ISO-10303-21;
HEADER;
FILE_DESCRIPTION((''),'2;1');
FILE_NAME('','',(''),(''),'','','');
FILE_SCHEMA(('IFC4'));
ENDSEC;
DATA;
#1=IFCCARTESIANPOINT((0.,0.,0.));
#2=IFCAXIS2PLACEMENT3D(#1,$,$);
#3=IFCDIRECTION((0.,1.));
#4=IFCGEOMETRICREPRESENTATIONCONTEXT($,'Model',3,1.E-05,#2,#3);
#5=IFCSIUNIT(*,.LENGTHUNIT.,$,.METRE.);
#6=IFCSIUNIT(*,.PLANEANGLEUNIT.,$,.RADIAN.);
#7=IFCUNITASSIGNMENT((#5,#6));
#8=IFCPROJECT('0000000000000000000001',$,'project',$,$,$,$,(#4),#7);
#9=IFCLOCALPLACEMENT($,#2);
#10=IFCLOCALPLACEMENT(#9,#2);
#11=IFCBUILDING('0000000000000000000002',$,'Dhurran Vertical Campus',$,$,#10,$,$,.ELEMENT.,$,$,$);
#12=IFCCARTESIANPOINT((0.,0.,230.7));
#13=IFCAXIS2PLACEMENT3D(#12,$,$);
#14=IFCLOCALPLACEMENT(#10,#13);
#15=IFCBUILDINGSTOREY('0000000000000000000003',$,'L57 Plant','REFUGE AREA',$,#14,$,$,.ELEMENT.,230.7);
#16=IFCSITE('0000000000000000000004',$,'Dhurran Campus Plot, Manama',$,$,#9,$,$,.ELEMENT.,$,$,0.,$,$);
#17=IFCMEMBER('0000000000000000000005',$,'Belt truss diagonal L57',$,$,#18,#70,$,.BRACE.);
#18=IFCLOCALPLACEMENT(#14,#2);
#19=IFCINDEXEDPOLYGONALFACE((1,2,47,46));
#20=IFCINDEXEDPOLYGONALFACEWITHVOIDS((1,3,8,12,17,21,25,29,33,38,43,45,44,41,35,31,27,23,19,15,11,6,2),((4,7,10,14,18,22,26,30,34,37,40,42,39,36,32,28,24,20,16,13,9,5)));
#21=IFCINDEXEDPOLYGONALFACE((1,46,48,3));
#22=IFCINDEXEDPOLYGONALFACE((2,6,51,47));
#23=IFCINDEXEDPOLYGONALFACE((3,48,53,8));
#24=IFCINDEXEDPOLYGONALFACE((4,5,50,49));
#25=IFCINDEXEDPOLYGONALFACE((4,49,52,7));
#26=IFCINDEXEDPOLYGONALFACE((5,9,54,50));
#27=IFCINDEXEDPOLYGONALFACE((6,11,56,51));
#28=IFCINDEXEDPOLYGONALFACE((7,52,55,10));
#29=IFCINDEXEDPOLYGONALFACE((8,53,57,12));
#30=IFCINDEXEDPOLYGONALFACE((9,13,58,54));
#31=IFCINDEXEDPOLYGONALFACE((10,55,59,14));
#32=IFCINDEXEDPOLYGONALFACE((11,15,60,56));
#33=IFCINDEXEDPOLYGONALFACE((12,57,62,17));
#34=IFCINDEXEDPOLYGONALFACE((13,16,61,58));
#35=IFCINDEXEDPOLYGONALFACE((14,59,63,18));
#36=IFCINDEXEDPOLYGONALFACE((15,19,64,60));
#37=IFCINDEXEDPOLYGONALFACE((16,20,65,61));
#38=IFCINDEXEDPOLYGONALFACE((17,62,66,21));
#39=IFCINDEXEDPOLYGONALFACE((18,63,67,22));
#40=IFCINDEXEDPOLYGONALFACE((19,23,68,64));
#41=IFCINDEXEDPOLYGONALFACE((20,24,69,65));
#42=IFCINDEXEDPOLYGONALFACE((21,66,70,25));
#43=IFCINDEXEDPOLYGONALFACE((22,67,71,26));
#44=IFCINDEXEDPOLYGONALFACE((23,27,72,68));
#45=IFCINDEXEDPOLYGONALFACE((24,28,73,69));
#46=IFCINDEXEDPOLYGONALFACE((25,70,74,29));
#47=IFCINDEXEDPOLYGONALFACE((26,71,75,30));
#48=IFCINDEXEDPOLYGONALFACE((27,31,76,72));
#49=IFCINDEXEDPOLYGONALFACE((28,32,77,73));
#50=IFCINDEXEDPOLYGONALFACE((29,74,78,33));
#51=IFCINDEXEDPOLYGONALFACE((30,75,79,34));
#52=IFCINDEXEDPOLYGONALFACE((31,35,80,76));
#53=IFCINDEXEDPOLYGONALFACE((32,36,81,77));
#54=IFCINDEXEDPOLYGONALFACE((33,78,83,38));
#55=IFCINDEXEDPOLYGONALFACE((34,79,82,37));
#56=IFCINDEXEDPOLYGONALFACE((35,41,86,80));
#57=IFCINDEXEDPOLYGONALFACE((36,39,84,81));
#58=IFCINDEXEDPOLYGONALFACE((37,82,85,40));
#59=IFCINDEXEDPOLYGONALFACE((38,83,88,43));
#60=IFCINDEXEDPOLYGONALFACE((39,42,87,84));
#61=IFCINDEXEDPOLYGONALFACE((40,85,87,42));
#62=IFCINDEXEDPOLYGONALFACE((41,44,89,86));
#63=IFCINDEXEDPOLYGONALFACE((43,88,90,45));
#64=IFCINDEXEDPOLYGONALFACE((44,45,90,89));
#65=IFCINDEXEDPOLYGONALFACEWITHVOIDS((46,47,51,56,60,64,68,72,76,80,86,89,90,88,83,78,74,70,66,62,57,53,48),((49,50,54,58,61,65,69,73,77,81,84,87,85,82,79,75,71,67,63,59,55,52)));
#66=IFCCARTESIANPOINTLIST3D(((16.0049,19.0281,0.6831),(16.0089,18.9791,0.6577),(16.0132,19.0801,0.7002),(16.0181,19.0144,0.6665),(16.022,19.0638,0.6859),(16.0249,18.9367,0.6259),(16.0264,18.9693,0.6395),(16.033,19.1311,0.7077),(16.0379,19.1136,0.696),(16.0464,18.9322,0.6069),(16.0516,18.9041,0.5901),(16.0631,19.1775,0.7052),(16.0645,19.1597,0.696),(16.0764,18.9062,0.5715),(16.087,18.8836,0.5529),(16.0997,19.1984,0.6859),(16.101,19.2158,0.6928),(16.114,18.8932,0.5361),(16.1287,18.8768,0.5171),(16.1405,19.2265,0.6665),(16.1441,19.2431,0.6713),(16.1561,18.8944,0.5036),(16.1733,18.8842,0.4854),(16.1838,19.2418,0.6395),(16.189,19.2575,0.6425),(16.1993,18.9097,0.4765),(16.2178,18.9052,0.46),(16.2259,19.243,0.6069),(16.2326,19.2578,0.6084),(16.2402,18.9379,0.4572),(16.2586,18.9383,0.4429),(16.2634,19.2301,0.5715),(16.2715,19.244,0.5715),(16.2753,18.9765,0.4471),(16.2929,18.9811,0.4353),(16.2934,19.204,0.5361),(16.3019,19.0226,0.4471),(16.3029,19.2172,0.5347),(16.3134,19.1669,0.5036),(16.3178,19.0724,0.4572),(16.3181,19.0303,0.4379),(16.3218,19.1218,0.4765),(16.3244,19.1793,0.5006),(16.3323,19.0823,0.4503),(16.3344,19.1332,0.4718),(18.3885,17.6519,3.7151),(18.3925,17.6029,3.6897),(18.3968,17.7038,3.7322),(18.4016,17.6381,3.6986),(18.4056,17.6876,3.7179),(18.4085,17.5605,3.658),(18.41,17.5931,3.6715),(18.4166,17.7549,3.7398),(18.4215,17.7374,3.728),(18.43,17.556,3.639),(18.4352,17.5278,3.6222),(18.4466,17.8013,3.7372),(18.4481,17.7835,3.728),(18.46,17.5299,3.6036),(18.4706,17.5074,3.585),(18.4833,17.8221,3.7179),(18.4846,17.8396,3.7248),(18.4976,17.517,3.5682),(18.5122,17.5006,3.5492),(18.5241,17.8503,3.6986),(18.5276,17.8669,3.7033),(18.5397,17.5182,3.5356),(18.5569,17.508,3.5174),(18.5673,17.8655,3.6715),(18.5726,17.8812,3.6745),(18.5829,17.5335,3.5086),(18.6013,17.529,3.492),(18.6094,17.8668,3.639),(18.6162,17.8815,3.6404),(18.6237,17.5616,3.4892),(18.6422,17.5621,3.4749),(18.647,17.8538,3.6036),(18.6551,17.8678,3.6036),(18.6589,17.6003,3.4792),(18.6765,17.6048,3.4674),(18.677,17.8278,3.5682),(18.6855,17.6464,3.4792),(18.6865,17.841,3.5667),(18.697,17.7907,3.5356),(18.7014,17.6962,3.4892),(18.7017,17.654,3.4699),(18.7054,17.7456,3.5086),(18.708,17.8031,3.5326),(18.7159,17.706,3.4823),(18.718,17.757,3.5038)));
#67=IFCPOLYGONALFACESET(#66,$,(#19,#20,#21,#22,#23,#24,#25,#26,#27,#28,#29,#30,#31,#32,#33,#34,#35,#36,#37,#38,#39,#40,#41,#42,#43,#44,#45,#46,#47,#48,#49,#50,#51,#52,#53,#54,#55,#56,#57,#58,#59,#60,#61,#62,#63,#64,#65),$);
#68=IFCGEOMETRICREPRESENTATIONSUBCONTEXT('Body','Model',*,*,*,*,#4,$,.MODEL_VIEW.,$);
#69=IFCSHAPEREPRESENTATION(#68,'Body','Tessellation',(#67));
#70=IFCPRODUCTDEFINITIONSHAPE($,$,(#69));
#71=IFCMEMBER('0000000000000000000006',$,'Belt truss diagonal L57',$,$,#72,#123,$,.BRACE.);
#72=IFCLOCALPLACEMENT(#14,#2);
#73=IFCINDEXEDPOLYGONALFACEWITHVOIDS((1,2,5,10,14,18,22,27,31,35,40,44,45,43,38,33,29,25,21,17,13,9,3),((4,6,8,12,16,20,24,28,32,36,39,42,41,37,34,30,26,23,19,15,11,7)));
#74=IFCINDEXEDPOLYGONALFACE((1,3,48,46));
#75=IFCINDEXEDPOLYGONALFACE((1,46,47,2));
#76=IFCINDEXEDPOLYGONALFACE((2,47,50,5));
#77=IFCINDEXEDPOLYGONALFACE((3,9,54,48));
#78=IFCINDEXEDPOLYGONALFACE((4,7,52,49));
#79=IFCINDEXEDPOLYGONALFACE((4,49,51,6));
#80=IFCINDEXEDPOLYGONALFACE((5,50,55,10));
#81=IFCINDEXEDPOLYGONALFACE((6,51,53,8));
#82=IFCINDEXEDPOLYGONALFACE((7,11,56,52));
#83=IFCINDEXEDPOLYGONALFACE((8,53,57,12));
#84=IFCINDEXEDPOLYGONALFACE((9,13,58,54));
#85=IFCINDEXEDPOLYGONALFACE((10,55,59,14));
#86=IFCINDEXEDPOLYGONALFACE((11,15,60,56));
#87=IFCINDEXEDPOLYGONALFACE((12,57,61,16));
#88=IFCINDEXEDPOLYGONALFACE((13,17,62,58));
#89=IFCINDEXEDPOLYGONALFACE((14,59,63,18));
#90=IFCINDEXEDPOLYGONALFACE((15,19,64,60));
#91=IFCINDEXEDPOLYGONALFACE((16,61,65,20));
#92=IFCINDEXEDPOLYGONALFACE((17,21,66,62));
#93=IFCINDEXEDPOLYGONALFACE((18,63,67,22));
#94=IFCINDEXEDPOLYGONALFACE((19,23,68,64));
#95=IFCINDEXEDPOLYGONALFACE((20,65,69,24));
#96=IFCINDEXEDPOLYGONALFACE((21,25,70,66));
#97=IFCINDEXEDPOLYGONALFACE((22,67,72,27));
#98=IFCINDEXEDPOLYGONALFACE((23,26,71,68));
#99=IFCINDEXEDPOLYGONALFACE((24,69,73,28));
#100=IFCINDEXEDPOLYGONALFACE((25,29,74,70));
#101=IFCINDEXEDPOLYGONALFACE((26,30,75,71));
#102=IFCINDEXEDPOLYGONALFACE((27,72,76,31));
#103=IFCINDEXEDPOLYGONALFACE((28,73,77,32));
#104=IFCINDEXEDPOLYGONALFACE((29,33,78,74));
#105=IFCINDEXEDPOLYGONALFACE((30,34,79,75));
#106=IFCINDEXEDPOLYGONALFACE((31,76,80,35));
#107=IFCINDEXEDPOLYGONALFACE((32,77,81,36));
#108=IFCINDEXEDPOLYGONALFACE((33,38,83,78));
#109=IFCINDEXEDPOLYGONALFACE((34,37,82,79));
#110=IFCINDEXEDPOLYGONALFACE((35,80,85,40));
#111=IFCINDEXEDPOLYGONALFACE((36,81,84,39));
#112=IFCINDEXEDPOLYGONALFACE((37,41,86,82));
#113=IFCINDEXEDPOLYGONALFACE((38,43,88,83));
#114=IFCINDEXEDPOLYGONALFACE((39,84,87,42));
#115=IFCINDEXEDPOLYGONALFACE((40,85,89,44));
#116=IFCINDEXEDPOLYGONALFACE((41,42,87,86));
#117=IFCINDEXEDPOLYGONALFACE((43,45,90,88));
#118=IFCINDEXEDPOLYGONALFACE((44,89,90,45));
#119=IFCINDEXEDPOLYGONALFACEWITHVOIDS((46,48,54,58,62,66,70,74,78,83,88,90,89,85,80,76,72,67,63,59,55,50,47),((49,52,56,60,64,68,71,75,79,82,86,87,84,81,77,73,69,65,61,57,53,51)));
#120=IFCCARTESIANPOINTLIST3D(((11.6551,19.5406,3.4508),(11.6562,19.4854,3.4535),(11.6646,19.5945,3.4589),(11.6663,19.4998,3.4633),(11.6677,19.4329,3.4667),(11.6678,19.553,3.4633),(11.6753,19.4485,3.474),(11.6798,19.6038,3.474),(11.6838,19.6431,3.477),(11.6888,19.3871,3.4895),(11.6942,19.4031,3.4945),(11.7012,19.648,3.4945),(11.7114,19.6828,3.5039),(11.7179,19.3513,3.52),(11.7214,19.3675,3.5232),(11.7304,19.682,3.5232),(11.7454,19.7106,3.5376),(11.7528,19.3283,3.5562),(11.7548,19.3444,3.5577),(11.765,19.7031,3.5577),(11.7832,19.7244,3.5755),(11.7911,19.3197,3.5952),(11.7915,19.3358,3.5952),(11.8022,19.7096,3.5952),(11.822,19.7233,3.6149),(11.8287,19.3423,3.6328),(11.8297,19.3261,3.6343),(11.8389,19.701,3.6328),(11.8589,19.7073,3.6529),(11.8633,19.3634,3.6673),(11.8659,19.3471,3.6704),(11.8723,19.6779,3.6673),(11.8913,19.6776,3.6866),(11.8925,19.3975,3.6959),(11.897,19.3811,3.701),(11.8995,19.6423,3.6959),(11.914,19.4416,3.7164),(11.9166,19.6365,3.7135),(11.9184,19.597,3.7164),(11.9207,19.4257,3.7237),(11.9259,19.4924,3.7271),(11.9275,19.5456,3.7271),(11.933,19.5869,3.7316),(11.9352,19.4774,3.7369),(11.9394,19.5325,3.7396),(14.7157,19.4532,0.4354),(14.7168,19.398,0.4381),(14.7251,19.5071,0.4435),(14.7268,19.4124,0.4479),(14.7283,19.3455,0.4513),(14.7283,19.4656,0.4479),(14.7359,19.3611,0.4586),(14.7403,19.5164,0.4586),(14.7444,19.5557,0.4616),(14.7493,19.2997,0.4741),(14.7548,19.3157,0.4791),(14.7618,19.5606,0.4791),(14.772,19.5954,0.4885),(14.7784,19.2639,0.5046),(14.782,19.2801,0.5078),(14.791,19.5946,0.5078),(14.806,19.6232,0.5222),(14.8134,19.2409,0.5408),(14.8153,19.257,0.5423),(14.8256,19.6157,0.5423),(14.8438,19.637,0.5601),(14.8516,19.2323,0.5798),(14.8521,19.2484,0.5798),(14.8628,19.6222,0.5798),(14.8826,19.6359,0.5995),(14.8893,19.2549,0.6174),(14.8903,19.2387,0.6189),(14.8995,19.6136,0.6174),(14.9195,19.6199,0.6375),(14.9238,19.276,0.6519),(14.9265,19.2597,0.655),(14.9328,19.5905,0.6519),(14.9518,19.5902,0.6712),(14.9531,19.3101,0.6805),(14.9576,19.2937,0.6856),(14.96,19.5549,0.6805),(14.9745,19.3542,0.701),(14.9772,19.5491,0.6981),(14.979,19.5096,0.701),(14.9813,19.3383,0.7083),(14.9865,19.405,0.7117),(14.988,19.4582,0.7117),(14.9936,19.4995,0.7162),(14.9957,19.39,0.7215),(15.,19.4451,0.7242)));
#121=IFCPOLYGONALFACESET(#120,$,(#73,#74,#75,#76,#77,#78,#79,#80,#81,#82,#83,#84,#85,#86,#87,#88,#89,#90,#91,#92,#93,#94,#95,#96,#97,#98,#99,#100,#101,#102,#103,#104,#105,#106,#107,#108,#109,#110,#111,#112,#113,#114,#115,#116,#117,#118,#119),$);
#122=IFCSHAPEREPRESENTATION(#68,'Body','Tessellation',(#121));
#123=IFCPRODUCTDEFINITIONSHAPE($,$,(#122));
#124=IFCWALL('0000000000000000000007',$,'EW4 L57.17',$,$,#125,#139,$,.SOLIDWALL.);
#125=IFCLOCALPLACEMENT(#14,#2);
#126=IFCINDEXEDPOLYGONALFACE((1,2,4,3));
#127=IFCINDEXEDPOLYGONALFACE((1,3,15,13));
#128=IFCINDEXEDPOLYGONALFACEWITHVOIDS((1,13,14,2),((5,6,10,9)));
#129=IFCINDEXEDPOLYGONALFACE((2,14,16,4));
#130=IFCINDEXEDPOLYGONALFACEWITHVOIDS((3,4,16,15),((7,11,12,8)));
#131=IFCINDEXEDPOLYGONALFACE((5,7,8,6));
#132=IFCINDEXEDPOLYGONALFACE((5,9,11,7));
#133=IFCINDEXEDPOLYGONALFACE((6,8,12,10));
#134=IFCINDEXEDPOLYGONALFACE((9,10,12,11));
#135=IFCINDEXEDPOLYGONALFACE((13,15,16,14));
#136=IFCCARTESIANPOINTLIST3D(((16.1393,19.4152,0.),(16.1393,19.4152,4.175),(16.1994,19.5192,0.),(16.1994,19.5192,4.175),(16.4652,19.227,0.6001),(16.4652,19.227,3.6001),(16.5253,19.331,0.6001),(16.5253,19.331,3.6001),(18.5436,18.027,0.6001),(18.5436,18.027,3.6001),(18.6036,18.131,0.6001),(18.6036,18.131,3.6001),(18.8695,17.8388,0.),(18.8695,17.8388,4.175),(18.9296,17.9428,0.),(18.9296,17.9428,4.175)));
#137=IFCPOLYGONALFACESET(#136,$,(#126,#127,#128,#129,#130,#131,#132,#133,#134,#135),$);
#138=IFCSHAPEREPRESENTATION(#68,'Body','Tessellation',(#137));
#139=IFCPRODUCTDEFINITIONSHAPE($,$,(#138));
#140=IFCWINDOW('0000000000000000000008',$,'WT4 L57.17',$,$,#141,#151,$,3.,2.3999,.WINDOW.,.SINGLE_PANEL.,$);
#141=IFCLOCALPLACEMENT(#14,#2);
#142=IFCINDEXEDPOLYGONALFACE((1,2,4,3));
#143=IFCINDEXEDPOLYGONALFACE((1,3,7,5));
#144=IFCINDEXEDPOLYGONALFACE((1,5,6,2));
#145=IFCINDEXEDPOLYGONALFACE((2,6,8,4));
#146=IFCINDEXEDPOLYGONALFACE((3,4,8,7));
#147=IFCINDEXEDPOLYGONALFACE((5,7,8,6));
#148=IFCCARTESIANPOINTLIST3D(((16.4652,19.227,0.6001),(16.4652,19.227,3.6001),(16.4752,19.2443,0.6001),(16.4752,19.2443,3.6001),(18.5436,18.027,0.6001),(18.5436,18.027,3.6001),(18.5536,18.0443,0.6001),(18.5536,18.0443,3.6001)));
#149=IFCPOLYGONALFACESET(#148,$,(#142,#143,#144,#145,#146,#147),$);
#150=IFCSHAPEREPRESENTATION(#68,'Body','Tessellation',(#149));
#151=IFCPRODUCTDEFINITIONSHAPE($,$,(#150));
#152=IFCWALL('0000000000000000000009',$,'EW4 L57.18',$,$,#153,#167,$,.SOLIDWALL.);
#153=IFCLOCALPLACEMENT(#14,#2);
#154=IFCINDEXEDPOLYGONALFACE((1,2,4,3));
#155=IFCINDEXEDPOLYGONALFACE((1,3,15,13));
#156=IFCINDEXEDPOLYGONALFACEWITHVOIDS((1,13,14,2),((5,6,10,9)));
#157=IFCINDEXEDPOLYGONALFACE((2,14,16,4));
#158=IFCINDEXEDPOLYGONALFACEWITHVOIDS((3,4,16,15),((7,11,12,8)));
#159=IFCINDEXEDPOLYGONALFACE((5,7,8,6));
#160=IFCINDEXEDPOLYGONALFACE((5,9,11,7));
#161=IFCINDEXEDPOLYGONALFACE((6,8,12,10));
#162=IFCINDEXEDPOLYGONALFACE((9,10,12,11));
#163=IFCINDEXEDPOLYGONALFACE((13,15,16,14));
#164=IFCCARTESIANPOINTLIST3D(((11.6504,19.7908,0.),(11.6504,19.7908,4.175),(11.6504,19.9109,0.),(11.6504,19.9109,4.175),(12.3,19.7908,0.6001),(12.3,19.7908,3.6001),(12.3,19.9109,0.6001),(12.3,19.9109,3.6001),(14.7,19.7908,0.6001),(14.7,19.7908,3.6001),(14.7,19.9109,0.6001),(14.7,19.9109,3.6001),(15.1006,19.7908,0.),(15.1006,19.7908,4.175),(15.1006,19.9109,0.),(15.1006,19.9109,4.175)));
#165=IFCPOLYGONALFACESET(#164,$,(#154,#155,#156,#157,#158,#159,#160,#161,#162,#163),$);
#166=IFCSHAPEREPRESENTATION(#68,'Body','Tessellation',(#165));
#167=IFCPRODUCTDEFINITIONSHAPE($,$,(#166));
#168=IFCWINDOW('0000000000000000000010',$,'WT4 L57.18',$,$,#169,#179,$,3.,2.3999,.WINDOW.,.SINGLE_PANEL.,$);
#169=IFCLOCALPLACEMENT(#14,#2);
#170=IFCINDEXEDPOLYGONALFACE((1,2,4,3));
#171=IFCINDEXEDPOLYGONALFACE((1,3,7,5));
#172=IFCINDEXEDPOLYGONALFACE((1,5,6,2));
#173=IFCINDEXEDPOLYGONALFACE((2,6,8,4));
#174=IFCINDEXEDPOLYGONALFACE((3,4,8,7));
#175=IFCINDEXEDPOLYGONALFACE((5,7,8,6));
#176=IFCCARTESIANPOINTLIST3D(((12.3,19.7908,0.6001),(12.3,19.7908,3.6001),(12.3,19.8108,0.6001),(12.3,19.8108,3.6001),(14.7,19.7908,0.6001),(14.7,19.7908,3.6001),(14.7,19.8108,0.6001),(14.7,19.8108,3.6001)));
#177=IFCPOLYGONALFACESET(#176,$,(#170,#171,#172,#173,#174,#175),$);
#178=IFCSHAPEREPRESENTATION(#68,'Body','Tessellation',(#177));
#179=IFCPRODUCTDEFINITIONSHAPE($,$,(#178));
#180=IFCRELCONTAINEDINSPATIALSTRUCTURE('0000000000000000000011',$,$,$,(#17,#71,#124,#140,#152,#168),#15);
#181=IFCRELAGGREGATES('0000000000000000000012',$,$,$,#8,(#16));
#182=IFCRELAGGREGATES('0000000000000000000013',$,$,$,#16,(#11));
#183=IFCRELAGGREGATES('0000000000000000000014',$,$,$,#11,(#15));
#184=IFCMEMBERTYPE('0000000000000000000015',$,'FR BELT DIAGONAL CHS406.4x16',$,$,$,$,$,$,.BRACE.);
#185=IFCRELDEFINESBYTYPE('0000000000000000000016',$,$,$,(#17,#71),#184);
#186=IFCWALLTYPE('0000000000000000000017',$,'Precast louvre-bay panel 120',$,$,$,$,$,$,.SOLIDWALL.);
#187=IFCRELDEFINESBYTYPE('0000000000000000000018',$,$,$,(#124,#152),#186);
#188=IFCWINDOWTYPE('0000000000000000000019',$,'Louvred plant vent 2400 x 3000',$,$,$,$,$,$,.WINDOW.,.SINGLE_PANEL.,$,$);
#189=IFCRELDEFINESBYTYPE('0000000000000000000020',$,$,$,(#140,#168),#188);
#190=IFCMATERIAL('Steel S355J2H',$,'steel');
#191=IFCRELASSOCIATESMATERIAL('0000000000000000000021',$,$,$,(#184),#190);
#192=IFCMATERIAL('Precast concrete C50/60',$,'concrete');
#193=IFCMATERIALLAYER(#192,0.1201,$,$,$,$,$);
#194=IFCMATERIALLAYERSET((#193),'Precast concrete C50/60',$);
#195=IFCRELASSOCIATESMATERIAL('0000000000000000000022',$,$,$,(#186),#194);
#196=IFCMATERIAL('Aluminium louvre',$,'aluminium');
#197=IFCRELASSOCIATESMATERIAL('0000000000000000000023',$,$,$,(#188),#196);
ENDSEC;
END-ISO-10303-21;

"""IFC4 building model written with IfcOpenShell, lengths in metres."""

from ifc_helpers import new_model, si_unit, direction, frame, frame_2d, origin, origin_2d, place, context, subcontext, project, spatial, rectangle, hollow_circle, extrude, material, layer, layer_set, material_profile, profile_set, type_object, element, fill, save


model = new_model("IFC4")

# Units and contexts
model_context = context("Model", 3, precision=1e-05, world=origin(), true_north=direction((0.0, 1.0)))
body_context = subcontext(model_context, "Body", "Model", "MODEL_VIEW")
ifc_project = project(units=[si_unit("LENGTHUNIT", "METRE"), si_unit("PLANEANGLEUNIT", "RADIAN")], contexts=[model_context])

# Site, building, storey
site_placement = place(None, origin())
site = spatial("IfcSite", under=ifc_project, at=site_placement, Name="Dhurran Campus Plot, Manama", CompositionType="ELEMENT", RefElevation=0.0)
building_placement = place(site_placement, origin())
building = spatial("IfcBuilding", under=site, at=building_placement, Name="Dhurran Vertical Campus", CompositionType="ELEMENT")
storey_placement = place(building_placement, frame((0.0, 0.0, 230.7)))
storey = spatial("IfcBuildingStorey", under=building, at=storey_placement, Name="L57 Plant", Description="REFUGE AREA", CompositionType="ELEMENT", Elevation=230.7)

# Members
ifc_material_1 = material(Name="Steel S355J2H", Category="steel")
ifc_material_profile_1 = material_profile(ifc_material_1, hollow_circle(Radius=0.2031, WallThickness=0.0161, at=origin_2d()), Name="CHS406.4x16")
ifc_profile_set_1 = profile_set([ifc_material_profile_1], Name="Steel S355J2H")
member_type = type_object("IfcMemberType", Name="FR BELT DIAGONAL CHS406.4x16", PredefinedType="BRACE", material=ifc_profile_set_1)
member_1_placement = place(storey_placement, frame((16.1699, 19.0681, 0.5715), z_axis=(0.582077, -0.336082, 0.740429), x_axis=(0.500022, 0.866013, 0.0)))
element("IfcMember", 1, at=member_1_placement, inside=storey, type_object=member_type, Name="Belt truss diagonal L57", PredefinedType="BRACE", context=body_context, shape_type="SweptSolid", body=[
    extrude(hollow_circle(Radius=0.2031, WallThickness=0.0161, at=origin_2d()), origin(), (0.0, 0.0, 1.0), 4.095),
])
member_2_placement = place(storey_placement, frame((14.8574, 19.4353, 0.5798), z_axis=(-0.712196, 0.020339, 0.701686), x_axis=(-0.028546, -0.999592, 0.0)))
element("IfcMember", 2, at=member_2_placement, inside=storey, type_object=member_type, Name="Belt truss diagonal L57", PredefinedType="BRACE", context=body_context, shape_type="SweptSolid", body=[
    extrude(hollow_circle(Radius=0.2031, WallThickness=0.0161, at=origin_2d()), origin(), (0.0, 0.0, 1.0), 4.2974),
])

# Walls, openings, windows
ifc_material_2 = material(Name="Precast concrete C50/60", Category="concrete")
ifc_layer_1 = layer(ifc_material_2, 0.1201)
ifc_layer_set_1 = layer_set([ifc_layer_1], Name="Precast concrete C50/60")
wall_type_1 = type_object("IfcWallType", Name="Precast louvre-bay panel 120", PredefinedType="SOLIDWALL", material=ifc_layer_set_1)
wall_1_placement = place(storey_placement, frame((18.8994, 17.8909, 0.0), z_axis=(0.0, 0.0, 1.0), x_axis=(-0.866009, 0.500029, 0.0)))
wall_1 = element("IfcWall", 3, at=wall_1_placement, inside=storey, type_object=wall_type_1, Name="EW4 L57.17", PredefinedType="SOLIDWALL", context=body_context, shape_type="SweptSolid", body=[
    extrude(rectangle(XDim=3.1526, YDim=0.1201, at=frame_2d((1.5762, 0.0))), origin(), (0.0, 0.0, 1.0), 4.175),
])
opening_1_placement = place(wall_1_placement, frame((0.3762, 0.0, 0.6001)))
opening_1 = element("IfcOpeningElement", 4, at=opening_1_placement, cuts=wall_1, PredefinedType="OPENING", context=body_context, shape_type="SweptSolid", body=[
    extrude(rectangle(XDim=2.3999, YDim=3.0, at=frame_2d((1.2, 1.5))), frame((0.0, 0.0701, 0.0), z_axis=(0.0, -1.0, 0.0), x_axis=(1.0, 0.0, 0.0)), (0.0, 0.0, 1.0), 0.1401),
])
ifc_material_3 = material(Name="Aluminium louvre", Category="aluminium")
window_type = type_object("IfcWindowType", Name="Louvred plant vent 2400 x 3000", PartitioningType="SINGLE_PANEL", PredefinedType="WINDOW", material=ifc_material_3)
window_1_placement = place(opening_1_placement, origin())
window_1 = element("IfcWindow", 5, at=window_1_placement, inside=storey, type_object=window_type, Name="WT4 L57.17", OverallHeight=3.0, OverallWidth=2.3999, PartitioningType="SINGLE_PANEL", PredefinedType="WINDOW", context=body_context, shape_type="SweptSolid", body=[
    extrude(rectangle(XDim=2.3999, YDim=3.0, at=frame_2d((1.2, 1.5))), frame((0.0, 0.0601, 0.0), z_axis=(0.0, -1.0, 0.0), x_axis=(1.0, 0.0, 0.0)), (0.0, 0.0, 1.0), 0.02),
])
fill(opening_1, window_1)
wall_2_placement = place(storey_placement, frame((15.1006, 19.8508, 0.0), z_axis=(0.0, 0.0, 1.0), x_axis=(-1.0, 0.0, 0.0)))
wall_2 = element("IfcWall", 6, at=wall_2_placement, inside=storey, type_object=wall_type_1, Name="EW4 L57.18", PredefinedType="SOLIDWALL", context=body_context, shape_type="SweptSolid", body=[
    extrude(rectangle(XDim=3.4502, YDim=0.1201, at=frame_2d((1.7251, 0.0))), origin(), (0.0, 0.0, 1.0), 4.175),
])
opening_2_placement = place(wall_2_placement, frame((0.4006, 0.0, 0.6001)))
opening_2 = element("IfcOpeningElement", 7, at=opening_2_placement, cuts=wall_2, PredefinedType="OPENING", context=body_context, shape_type="SweptSolid", body=[
    extrude(rectangle(XDim=2.3999, YDim=3.0, at=frame_2d((1.2, 1.5))), frame((0.0, 0.0701, 0.0), z_axis=(0.0, -1.0, 0.0), x_axis=(1.0, 0.0, 0.0)), (0.0, 0.0, 1.0), 0.1401),
])
window_2_placement = place(opening_2_placement, origin())
window_2 = element("IfcWindow", 8, at=window_2_placement, inside=storey, type_object=window_type, Name="WT4 L57.18", OverallHeight=3.0, OverallWidth=2.3999, PartitioningType="SINGLE_PANEL", PredefinedType="WINDOW", context=body_context, shape_type="SweptSolid", body=[
    extrude(rectangle(XDim=2.3999, YDim=3.0, at=frame_2d((1.2, 1.5))), frame((0.0, 0.0601, 0.0), z_axis=(0.0, -1.0, 0.0), x_axis=(1.0, 0.0, 0.0)), (0.0, 0.0, 1.0), 0.02),
])
fill(opening_2, window_2)

save(model, "model.ifc")
